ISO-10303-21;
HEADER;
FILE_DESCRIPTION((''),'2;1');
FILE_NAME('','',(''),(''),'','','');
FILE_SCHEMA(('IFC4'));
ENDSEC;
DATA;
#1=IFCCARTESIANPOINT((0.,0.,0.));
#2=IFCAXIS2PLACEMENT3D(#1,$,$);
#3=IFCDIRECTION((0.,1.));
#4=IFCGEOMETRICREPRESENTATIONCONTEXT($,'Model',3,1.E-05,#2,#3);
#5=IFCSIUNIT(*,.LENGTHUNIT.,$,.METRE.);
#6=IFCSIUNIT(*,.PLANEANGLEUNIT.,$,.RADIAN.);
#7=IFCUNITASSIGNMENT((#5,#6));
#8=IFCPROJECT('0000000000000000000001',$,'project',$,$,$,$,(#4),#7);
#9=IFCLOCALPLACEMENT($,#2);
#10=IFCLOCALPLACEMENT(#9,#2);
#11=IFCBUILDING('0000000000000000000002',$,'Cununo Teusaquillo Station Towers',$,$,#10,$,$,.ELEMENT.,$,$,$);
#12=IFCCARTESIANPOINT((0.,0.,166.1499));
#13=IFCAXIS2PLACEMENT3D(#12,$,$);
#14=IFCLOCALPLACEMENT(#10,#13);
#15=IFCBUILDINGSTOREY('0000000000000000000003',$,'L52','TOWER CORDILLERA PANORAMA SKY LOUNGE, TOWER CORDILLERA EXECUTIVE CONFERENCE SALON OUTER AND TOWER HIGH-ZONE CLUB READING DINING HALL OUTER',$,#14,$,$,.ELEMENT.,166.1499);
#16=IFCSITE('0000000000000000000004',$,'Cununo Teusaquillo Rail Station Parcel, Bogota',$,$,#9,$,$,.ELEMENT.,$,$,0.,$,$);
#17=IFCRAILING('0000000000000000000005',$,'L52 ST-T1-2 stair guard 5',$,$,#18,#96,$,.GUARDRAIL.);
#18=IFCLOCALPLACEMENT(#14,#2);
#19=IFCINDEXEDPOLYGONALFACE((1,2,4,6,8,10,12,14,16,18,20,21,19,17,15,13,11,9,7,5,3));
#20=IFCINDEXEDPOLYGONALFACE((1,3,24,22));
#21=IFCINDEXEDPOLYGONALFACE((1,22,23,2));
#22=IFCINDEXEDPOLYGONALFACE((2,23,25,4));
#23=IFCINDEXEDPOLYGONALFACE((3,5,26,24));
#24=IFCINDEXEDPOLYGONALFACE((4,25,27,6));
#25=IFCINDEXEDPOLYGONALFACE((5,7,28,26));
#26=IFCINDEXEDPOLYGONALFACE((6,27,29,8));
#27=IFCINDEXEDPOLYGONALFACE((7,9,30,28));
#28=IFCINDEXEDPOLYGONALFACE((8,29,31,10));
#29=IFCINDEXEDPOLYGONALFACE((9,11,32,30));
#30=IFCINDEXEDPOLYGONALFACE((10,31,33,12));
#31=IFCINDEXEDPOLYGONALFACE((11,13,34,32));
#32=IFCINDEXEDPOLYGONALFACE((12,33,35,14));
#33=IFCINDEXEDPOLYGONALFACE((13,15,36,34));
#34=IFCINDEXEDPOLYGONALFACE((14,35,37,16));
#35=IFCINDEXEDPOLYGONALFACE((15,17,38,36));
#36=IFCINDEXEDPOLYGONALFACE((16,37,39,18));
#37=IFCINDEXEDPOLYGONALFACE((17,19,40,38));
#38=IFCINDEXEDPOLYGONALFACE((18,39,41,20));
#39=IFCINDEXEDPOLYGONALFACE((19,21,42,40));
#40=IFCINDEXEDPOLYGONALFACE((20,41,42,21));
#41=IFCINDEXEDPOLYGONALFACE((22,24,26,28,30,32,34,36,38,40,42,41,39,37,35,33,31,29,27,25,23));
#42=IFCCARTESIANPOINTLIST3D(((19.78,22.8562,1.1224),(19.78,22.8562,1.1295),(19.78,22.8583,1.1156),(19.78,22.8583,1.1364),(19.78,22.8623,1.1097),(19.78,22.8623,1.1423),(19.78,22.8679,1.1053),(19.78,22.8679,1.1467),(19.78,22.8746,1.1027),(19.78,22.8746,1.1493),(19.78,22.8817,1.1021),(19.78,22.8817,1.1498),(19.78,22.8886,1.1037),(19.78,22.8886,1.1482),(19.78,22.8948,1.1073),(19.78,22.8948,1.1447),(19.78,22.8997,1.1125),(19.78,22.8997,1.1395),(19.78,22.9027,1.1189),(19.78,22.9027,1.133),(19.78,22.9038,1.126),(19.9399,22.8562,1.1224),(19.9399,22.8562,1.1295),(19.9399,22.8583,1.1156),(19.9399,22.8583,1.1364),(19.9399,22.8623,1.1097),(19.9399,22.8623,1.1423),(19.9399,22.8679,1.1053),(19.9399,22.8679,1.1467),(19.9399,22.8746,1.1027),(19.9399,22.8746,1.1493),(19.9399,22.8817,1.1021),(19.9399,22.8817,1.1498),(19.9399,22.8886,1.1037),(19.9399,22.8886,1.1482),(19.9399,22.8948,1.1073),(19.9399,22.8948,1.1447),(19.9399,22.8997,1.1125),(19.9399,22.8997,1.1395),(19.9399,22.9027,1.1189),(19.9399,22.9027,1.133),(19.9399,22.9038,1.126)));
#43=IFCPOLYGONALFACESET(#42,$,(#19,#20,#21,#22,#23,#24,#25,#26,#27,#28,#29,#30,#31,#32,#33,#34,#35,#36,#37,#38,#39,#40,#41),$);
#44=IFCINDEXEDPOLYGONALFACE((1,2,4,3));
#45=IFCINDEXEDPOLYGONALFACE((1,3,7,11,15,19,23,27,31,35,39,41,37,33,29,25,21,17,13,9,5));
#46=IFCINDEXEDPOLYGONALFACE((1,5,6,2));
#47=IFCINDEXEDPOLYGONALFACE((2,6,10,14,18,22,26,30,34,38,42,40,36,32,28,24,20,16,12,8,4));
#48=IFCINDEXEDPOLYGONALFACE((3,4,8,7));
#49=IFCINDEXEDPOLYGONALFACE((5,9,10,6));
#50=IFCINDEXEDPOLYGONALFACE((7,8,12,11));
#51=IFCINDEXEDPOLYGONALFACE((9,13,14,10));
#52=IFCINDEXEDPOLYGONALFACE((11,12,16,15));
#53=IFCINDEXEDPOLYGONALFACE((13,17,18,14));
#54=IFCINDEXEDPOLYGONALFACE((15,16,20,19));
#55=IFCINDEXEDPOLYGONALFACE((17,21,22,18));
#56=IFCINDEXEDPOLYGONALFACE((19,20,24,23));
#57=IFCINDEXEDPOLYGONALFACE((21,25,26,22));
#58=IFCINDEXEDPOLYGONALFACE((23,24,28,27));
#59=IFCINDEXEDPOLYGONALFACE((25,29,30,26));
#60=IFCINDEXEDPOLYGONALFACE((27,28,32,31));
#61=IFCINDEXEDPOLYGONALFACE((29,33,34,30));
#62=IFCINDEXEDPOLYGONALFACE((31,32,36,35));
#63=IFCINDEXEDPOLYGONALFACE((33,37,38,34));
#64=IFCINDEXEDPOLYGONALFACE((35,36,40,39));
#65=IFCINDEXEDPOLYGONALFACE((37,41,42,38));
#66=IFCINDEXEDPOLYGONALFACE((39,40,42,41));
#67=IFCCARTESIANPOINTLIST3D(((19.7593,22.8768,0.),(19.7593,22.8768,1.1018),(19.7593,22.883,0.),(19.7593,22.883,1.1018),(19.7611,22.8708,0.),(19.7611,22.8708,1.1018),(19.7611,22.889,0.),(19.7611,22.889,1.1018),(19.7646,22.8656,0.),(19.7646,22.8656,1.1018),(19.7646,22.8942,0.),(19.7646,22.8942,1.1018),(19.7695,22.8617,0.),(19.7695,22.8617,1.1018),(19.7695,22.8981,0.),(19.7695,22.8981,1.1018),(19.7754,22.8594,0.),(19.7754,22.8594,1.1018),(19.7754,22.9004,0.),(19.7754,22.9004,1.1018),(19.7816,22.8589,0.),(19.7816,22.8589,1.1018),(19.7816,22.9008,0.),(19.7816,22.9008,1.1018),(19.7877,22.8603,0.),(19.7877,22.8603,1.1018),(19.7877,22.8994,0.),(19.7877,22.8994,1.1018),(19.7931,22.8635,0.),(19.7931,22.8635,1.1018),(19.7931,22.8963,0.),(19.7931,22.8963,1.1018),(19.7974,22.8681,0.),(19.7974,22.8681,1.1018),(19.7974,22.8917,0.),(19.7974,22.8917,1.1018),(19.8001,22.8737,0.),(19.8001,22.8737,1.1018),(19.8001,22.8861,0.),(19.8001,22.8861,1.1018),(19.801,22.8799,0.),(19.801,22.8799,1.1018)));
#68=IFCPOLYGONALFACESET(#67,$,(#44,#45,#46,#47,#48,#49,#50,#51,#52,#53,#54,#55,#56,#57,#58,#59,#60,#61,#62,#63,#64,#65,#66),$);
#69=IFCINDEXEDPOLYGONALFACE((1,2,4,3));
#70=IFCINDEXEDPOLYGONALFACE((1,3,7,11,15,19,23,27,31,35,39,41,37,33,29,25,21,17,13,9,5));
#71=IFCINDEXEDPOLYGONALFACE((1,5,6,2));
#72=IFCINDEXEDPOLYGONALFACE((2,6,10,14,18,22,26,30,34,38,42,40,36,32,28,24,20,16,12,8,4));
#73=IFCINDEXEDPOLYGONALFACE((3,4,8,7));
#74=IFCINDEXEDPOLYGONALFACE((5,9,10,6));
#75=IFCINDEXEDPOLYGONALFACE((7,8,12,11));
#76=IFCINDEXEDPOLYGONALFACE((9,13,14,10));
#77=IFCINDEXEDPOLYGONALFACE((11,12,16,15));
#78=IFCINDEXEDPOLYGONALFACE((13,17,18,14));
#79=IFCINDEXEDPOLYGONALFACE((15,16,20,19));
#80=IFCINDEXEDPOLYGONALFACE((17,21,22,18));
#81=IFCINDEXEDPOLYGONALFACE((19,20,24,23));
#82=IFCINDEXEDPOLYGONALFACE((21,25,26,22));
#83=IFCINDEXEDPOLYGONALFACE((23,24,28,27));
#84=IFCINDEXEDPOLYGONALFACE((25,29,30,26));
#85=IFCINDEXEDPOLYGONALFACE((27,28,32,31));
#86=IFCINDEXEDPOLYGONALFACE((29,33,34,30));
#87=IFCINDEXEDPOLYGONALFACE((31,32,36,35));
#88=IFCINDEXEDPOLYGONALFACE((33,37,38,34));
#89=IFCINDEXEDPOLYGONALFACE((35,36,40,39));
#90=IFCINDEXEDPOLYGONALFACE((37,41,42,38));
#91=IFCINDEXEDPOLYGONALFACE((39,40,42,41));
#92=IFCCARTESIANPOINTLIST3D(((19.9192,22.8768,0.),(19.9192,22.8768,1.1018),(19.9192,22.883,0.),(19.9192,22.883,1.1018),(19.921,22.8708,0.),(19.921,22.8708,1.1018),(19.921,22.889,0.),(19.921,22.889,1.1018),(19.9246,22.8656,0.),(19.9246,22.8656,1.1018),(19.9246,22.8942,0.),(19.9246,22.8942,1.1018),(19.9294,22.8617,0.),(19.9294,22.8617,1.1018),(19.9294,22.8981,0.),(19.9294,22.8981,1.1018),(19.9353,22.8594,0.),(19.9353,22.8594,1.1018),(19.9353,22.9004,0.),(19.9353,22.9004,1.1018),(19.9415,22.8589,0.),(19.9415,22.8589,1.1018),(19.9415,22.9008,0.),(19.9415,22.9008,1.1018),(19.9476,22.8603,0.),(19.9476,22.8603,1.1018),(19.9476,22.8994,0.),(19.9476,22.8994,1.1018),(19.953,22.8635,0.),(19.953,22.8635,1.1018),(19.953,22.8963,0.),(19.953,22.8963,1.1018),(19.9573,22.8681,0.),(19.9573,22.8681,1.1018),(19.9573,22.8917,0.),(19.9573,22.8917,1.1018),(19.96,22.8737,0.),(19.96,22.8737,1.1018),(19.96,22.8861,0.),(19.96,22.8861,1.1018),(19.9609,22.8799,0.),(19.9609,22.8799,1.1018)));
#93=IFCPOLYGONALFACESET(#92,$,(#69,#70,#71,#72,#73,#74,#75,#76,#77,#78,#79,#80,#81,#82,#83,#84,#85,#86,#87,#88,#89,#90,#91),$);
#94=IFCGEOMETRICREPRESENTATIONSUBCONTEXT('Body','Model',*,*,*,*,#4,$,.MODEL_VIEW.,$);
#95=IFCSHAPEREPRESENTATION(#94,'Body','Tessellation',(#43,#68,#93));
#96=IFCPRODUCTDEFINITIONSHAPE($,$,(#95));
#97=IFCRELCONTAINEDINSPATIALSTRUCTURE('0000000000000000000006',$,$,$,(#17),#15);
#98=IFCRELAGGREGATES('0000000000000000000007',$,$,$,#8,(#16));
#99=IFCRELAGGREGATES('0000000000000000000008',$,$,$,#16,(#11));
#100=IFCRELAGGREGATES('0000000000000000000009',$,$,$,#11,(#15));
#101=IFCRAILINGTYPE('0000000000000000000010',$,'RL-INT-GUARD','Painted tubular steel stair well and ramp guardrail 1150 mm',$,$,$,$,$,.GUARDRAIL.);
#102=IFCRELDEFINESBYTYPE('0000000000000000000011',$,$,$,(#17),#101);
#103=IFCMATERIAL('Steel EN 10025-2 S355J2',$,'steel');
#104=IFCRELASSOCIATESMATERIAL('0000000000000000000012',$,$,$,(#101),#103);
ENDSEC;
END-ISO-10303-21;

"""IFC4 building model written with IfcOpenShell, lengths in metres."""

from ifc_helpers import new_model, si_unit, direction, frame, origin, origin_2d, place, context, subcontext, project, spatial, circle, extrude, material, type_object, element, save


model = new_model("IFC4")

# Units and contexts
model_context = context("Model", 3, precision=1e-05, world=origin(), true_north=direction((0.0, 1.0)))
body_context = subcontext(model_context, "Body", "Model", "MODEL_VIEW")
ifc_project = project(units=[si_unit("LENGTHUNIT", "METRE"), si_unit("PLANEANGLEUNIT", "RADIAN")], contexts=[model_context])

# Site, building, storey
site_placement = place(None, origin())
site = spatial("IfcSite", under=ifc_project, at=site_placement, Name="Cununo Teusaquillo Rail Station Parcel, Bogota", CompositionType="ELEMENT", RefElevation=0.0)
building_placement = place(site_placement, origin())
building = spatial("IfcBuilding", under=site, at=building_placement, Name="Cununo Teusaquillo Station Towers", CompositionType="ELEMENT")
storey_placement = place(building_placement, frame((0.0, 0.0, 166.1499)))
storey = spatial("IfcBuildingStorey", under=building, at=storey_placement, Name="L52", Description="TOWER CORDILLERA PANORAMA SKY LOUNGE, TOWER CORDILLERA EXECUTIVE CONFERENCE SALON OUTER AND TOWER HIGH-ZONE CLUB READING DINING HALL OUTER", CompositionType="ELEMENT", Elevation=166.1499)

# Railing
ifc_material_1 = material(Name="Steel EN 10025-2 S355J2", Category="steel")
railing_type_1 = type_object("IfcRailingType", Name="RL-INT-GUARD", Description="Painted tubular steel stair well and ramp guardrail 1150 mm", PredefinedType="GUARDRAIL", material=ifc_material_1)
railing_1_placement = place(storey_placement, frame((19.78, 22.8799, 0.0)))
element("IfcRailing", 1, at=railing_1_placement, inside=storey, type_object=railing_type_1, Name="L52 ST-T1-2 stair guard 5", PredefinedType="GUARDRAIL", context=body_context, shape_type="SweptSolid", body=[
    extrude(circle(Radius=0.0239, at=origin_2d()), frame((0.0, 0.0, 1.126), z_axis=(1.0, 0.0, 0.0), x_axis=(0.0, 1.0, 0.0)), (0.0, 0.0, 1.0), 0.1599),
    extrude(circle(Radius=0.021, at=origin_2d()), origin(), (0.0, 0.0, 1.0), 1.1018),
    extrude(circle(Radius=0.021, at=origin_2d()), frame((0.1599, 0.0, 0.0)), (0.0, 0.0, 1.0), 1.1018),
])

save(model, "model.ifc")
